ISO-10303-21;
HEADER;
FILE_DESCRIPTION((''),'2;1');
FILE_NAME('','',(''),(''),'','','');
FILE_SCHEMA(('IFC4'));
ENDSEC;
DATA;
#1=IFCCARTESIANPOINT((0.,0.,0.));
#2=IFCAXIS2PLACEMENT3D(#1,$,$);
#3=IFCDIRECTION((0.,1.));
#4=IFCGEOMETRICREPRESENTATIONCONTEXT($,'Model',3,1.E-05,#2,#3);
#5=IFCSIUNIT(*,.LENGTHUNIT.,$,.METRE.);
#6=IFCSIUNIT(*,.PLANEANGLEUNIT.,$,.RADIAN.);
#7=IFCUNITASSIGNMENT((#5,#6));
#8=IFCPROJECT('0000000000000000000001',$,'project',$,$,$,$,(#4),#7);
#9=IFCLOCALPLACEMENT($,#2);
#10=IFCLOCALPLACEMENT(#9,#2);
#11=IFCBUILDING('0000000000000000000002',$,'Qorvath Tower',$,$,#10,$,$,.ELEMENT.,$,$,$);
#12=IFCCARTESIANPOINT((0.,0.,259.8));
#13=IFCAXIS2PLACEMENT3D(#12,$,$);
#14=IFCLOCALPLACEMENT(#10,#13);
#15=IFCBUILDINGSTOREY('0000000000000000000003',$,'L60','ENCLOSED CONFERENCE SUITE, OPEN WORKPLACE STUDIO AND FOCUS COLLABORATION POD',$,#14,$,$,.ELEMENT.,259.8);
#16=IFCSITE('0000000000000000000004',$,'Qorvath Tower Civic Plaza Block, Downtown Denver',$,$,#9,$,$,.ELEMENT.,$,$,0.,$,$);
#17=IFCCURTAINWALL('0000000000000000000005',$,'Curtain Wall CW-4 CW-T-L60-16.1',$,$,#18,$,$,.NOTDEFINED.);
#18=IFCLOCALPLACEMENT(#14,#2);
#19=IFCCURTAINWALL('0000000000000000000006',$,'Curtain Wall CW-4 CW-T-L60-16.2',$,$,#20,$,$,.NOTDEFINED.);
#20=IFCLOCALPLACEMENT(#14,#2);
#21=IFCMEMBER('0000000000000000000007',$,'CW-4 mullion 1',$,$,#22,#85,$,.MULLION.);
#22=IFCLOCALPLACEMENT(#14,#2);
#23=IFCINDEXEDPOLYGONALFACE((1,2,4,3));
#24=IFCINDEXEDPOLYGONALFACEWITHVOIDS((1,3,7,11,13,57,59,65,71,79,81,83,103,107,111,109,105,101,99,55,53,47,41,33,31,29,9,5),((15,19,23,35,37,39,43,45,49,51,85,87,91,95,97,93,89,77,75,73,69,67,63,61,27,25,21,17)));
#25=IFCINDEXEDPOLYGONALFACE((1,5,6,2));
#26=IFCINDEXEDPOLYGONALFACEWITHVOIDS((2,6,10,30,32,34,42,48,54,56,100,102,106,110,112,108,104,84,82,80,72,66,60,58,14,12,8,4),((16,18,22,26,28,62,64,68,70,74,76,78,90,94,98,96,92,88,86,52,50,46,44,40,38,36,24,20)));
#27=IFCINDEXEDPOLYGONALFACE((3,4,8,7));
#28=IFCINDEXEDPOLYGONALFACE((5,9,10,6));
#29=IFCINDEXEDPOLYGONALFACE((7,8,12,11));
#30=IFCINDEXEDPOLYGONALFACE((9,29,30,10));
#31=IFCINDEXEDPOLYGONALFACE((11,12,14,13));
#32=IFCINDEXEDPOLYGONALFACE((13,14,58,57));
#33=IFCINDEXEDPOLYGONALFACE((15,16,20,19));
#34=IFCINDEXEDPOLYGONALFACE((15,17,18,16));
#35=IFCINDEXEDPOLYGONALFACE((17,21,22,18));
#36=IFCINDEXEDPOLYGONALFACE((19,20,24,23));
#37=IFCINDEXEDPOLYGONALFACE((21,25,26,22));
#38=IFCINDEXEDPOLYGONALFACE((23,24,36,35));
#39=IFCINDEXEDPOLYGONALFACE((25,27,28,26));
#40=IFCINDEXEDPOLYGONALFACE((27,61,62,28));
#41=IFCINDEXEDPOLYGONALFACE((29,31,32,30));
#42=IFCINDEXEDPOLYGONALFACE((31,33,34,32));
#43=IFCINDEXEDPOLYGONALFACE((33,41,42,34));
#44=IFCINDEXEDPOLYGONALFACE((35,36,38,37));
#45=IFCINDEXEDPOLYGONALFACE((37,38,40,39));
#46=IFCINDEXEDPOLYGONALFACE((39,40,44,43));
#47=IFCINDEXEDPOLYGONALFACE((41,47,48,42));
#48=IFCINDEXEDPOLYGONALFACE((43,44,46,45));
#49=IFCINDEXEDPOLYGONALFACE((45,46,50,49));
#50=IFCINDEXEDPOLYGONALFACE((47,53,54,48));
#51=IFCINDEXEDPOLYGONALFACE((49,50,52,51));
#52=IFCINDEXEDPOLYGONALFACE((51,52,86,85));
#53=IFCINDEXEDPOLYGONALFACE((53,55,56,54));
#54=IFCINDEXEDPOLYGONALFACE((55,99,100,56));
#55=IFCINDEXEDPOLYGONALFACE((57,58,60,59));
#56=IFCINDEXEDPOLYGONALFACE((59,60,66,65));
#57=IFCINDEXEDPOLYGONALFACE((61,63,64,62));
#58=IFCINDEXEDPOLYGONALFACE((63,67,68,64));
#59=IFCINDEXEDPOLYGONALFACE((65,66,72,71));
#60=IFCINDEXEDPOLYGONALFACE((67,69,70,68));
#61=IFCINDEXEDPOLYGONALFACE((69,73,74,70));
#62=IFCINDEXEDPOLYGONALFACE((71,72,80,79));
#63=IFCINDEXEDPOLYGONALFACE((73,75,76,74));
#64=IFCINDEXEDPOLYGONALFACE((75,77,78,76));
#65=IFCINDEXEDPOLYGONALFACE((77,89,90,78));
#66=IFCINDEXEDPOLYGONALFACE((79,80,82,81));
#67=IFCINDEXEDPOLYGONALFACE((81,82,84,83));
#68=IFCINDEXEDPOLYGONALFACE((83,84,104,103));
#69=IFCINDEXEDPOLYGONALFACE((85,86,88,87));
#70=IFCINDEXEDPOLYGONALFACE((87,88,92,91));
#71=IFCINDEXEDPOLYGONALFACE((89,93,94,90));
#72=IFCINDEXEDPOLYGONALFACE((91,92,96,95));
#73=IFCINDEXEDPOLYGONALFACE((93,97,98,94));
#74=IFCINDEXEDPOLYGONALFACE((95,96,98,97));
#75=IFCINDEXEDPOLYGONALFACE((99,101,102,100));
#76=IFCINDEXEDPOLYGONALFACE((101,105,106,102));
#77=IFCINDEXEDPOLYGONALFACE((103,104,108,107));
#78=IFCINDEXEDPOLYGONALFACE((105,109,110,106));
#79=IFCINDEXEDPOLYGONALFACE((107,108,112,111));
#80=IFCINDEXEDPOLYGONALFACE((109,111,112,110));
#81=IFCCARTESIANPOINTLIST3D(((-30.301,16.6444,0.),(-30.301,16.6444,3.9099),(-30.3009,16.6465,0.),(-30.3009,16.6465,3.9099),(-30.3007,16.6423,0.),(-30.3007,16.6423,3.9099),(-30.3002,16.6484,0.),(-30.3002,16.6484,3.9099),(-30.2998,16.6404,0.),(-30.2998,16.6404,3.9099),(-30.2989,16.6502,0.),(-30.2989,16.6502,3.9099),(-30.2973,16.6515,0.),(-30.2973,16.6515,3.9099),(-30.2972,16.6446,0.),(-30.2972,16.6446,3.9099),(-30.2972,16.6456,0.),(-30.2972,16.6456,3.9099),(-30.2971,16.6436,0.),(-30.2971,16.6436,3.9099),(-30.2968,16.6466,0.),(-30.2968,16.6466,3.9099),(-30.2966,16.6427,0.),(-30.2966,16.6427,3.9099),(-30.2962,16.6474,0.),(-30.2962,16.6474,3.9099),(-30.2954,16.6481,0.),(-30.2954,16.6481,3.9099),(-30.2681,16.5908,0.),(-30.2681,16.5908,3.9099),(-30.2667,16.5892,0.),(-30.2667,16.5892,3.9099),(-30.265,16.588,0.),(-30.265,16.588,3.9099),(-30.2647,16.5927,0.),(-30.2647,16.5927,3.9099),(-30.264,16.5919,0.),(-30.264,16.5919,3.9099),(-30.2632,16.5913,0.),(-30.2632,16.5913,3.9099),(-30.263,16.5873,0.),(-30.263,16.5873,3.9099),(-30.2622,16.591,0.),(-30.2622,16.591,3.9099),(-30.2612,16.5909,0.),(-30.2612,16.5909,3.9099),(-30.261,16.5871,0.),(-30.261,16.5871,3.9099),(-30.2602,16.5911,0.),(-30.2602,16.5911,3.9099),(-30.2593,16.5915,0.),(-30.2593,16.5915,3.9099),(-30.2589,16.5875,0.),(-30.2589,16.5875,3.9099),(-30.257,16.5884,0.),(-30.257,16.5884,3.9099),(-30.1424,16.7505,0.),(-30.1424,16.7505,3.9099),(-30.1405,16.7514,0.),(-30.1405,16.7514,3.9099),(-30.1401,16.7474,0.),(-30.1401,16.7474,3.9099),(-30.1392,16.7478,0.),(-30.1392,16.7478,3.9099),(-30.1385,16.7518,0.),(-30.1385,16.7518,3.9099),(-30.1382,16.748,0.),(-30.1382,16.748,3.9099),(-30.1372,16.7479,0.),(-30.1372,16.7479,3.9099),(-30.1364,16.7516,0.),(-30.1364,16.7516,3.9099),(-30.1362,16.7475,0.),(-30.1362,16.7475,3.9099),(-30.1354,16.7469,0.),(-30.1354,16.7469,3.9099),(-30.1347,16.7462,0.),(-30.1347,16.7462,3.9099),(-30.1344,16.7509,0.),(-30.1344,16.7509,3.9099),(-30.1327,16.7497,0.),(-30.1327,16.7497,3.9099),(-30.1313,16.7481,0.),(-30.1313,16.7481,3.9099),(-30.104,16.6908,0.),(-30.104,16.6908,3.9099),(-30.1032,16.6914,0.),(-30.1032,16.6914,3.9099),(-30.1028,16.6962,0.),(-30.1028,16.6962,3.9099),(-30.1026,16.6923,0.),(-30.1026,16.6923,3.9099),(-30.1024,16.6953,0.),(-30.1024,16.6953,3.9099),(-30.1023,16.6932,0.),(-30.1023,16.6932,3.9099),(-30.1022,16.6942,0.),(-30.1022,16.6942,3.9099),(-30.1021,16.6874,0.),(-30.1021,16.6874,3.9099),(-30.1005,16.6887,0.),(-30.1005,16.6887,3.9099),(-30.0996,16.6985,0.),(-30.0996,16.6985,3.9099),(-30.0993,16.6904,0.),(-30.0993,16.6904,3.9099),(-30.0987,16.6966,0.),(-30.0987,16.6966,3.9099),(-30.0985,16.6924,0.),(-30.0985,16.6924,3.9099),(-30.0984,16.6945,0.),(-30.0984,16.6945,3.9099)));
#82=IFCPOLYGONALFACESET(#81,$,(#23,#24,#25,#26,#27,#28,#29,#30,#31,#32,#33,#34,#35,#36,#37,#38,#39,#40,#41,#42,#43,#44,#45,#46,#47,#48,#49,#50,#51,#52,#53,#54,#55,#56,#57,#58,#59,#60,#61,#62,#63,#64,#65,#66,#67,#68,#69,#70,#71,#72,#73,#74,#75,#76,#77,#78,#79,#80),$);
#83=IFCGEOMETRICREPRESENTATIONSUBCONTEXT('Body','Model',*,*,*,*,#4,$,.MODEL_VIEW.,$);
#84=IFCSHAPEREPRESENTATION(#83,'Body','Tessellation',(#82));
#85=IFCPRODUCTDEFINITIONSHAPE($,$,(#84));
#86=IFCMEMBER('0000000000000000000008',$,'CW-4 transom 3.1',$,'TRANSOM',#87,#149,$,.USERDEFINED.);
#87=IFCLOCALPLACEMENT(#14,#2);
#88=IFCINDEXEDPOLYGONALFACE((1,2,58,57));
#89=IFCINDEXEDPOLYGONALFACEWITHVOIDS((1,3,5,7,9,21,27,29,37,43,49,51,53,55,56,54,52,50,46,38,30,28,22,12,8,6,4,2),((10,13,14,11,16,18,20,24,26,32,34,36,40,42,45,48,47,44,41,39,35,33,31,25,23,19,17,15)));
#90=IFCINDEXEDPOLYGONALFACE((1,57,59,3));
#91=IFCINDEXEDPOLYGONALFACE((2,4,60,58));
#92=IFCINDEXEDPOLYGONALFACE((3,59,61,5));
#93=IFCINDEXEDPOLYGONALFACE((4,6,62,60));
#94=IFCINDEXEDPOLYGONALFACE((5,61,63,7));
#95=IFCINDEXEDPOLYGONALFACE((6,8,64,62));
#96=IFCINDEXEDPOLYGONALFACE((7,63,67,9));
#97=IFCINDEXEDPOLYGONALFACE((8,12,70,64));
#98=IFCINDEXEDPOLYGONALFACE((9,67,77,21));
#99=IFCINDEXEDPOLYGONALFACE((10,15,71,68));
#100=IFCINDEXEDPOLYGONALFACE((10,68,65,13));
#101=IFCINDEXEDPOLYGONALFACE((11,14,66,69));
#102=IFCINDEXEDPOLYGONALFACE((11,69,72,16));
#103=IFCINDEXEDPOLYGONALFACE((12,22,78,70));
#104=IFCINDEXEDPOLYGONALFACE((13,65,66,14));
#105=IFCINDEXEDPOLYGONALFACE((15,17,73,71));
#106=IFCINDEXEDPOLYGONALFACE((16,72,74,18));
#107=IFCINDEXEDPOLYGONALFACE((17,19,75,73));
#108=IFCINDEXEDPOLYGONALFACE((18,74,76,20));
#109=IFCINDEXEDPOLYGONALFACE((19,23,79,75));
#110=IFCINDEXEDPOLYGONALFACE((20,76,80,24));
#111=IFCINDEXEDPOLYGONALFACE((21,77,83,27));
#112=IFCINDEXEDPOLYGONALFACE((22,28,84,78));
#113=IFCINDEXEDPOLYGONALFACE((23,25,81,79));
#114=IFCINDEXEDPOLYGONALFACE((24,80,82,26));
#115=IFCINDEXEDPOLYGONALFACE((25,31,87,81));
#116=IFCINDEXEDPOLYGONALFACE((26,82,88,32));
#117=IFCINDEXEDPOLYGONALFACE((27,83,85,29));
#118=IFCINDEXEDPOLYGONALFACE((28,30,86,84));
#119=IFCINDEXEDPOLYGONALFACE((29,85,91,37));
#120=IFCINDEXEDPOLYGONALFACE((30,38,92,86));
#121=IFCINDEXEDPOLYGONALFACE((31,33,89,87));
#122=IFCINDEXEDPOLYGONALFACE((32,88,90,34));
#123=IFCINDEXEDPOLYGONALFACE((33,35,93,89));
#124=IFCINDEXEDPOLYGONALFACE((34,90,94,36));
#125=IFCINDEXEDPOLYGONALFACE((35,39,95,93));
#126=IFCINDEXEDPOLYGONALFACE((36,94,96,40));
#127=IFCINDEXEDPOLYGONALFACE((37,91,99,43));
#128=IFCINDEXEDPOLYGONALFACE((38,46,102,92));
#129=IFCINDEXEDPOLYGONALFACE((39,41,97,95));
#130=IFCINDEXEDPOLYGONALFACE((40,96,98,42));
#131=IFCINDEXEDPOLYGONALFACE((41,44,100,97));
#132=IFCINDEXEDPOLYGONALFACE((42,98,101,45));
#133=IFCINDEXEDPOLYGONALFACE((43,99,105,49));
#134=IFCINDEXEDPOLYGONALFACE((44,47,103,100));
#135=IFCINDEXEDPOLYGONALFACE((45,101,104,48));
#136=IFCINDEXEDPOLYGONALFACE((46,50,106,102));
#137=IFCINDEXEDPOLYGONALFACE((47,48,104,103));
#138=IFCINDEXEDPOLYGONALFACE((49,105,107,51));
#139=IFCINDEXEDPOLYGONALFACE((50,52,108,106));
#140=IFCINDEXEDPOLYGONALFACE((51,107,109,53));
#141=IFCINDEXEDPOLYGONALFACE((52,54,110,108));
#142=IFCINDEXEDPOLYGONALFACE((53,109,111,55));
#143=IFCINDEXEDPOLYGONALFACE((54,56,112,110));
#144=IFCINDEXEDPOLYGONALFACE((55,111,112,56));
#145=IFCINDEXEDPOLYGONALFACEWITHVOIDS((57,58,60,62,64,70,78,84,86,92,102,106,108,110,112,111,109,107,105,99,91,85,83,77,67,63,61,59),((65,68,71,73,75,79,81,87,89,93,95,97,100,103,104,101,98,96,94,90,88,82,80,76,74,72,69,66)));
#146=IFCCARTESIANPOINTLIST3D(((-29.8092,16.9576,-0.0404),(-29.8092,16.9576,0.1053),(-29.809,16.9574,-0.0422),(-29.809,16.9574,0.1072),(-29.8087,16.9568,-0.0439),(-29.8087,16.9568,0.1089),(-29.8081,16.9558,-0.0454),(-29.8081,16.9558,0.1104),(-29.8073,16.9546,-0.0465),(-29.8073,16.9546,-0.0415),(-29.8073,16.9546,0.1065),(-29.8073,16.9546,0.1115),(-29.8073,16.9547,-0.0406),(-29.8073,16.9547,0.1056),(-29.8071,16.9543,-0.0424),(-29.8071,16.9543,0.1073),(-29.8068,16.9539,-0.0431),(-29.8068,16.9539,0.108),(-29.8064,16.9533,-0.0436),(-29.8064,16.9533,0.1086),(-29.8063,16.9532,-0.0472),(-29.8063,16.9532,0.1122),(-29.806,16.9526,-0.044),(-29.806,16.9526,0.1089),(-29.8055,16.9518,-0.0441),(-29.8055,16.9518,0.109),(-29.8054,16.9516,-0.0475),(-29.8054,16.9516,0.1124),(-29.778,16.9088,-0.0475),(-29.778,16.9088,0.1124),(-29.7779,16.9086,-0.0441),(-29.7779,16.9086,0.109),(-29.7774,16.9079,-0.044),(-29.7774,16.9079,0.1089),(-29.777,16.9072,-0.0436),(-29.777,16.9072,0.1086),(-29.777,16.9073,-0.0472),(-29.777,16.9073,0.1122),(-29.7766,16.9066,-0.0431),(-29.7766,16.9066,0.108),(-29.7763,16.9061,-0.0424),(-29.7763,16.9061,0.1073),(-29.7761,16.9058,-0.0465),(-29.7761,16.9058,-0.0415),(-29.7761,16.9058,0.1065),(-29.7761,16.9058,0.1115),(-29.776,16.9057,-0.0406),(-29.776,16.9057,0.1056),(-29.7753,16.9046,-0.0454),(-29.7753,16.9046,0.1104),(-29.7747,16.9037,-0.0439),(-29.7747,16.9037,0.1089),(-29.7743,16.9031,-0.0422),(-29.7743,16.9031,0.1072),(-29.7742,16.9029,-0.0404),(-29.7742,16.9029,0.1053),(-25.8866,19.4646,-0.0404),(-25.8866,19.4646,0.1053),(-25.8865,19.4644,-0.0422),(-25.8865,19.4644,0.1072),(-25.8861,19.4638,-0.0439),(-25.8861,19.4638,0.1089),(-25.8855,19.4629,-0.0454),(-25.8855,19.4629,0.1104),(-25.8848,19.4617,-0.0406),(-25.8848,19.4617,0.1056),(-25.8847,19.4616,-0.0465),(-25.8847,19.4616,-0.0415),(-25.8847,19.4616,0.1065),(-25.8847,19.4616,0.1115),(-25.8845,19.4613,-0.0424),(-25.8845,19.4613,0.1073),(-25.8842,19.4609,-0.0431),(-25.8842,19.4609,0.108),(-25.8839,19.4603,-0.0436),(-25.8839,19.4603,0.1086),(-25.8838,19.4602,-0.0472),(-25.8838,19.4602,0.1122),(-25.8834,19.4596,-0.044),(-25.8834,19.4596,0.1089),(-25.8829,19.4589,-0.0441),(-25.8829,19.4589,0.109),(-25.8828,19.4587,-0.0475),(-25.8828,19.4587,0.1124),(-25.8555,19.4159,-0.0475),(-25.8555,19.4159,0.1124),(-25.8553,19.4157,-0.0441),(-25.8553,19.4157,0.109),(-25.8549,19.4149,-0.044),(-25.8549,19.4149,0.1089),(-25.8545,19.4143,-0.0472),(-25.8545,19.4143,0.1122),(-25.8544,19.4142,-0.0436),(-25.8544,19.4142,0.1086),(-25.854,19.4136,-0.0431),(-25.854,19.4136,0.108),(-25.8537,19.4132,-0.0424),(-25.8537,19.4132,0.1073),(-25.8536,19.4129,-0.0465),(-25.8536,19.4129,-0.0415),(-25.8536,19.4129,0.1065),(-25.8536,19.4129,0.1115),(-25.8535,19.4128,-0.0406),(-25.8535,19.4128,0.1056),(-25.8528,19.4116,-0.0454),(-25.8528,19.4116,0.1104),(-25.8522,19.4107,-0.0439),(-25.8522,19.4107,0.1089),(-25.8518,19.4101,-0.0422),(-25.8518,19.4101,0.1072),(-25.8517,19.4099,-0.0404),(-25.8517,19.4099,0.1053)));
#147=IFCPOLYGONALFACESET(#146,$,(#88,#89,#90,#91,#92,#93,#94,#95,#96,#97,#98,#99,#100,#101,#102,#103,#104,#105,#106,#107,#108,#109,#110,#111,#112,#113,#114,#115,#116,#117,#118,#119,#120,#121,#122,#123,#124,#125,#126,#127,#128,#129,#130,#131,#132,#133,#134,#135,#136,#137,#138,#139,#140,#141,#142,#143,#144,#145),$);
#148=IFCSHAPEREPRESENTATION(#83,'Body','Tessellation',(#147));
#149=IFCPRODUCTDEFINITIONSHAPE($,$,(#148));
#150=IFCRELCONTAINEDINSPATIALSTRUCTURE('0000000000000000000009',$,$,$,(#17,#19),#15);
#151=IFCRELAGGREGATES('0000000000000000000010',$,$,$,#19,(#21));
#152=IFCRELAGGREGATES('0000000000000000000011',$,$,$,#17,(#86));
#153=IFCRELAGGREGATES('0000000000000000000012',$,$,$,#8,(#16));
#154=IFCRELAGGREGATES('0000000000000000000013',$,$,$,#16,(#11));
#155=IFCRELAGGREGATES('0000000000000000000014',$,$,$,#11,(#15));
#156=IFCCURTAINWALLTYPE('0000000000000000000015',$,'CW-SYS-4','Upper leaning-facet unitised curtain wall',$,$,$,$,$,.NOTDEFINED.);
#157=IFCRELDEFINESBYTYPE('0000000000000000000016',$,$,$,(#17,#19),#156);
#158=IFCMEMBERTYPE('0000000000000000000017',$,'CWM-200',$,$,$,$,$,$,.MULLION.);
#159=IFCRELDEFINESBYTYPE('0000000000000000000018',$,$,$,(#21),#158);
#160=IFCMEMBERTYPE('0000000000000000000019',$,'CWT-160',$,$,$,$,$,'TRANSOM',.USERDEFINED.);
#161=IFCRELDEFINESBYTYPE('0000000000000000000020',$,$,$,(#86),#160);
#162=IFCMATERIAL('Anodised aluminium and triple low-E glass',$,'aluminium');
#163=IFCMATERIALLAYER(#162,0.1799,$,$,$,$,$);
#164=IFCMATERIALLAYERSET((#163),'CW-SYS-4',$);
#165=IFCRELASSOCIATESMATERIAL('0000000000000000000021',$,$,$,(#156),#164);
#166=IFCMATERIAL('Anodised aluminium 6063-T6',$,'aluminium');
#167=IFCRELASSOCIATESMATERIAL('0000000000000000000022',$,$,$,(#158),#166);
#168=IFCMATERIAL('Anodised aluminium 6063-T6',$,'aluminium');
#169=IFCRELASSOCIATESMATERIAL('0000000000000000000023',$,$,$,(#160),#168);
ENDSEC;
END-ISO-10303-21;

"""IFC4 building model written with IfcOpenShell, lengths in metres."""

from ifc_helpers import new_model, si_unit, direction, frame, origin, origin_2d, place, context, subcontext, project, spatial, hollow_rectangle, extrude, material, layer, layer_set, material_profile, profile_set, type_object, element, aggregate, save


model = new_model("IFC4")

# Units and contexts
model_context = context("Model", 3, precision=1e-05, world=origin(), true_north=direction((0.0, 1.0)))
body_context = subcontext(model_context, "Body", "Model", "MODEL_VIEW")
ifc_project = project(units=[si_unit("LENGTHUNIT", "METRE"), si_unit("PLANEANGLEUNIT", "RADIAN")], contexts=[model_context])

# Site, building, storey
site_placement = place(None, origin())
site = spatial("IfcSite", under=ifc_project, at=site_placement, Name="Qorvath Tower Civic Plaza Block, Downtown Denver", CompositionType="ELEMENT", RefElevation=0.0)
building_placement = place(site_placement, origin())
building = spatial("IfcBuilding", under=site, at=building_placement, Name="Qorvath Tower", CompositionType="ELEMENT")
storey_placement = place(building_placement, frame((0.0, 0.0, 259.8)))
storey = spatial("IfcBuildingStorey", under=building, at=storey_placement, Name="L60", Description="ENCLOSED CONFERENCE SUITE, OPEN WORKPLACE STUDIO AND FOCUS COLLABORATION POD", CompositionType="ELEMENT", Elevation=259.8)

# Curtain wall
ifc_material_1 = material(Name="Anodised aluminium and triple low-E glass", Category="aluminium")
ifc_layer_1 = layer(ifc_material_1, 0.1799)
ifc_layer_set_1 = layer_set([ifc_layer_1], Name="CW-SYS-4")
curtain_wall_type = type_object("IfcCurtainWallType", Name="CW-SYS-4", Description="Upper leaning-facet unitised curtain wall", PredefinedType="NOTDEFINED", material=ifc_layer_set_1)
curtain_wall_1_placement = place(storey_placement, origin())
curtain_wall_1 = element("IfcCurtainWall", 1, at=curtain_wall_1_placement, inside=storey, type_object=curtain_wall_type, Name="Curtain Wall CW-4 CW-T-L60-16.1", PredefinedType="NOTDEFINED")
ifc_material_2 = material(Name="Anodised aluminium 6063-T6", Category="aluminium")
ifc_material_profile_1 = material_profile(ifc_material_2, hollow_rectangle(XDim=0.075, YDim=0.2, WallThickness=0.0039, InnerFilletRadius=0.0039, OuterFilletRadius=0.0081, at=origin_2d()), Name="CWM 200x75")
ifc_profile_set_1 = profile_set([ifc_material_profile_1], Name="Anodised aluminium 6063-T6")
member_type_1 = type_object("IfcMemberType", Name="CWM-200", PredefinedType="MULLION", material=ifc_profile_set_1)

# Curtain wall, member
curtain_wall_2_placement = place(storey_placement, origin())
curtain_wall_2 = element("IfcCurtainWall", 2, at=curtain_wall_2_placement, inside=storey, type_object=curtain_wall_type, Name="Curtain Wall CW-4 CW-T-L60-16.2", PredefinedType="NOTDEFINED")
member_1_placement = place(storey_placement, frame((-30.1997, 16.6694, 0.0), z_axis=(0.0, 0.0, 1.0), x_axis=(0.538544, -0.842597, 0.0)))
member_1 = element("IfcMember", 3, at=member_1_placement, type_object=member_type_1, Name="CW-4 mullion 1", PredefinedType="MULLION", context=body_context, shape_type="SweptSolid", body=[
    extrude(hollow_rectangle(XDim=0.075, YDim=0.2, WallThickness=0.0039, InnerFilletRadius=0.0039, OuterFilletRadius=0.0081, at=origin_2d()), origin(), (0.0, 0.0, 1.0), 3.9099),
])

# Member
ifc_material_3 = material(Name="Anodised aluminium 6063-T6", Category="aluminium")
ifc_material_profile_2 = material_profile(ifc_material_3, hollow_rectangle(XDim=0.0649, YDim=0.1599, WallThickness=0.0034, InnerFilletRadius=0.0034, OuterFilletRadius=0.0071, at=origin_2d()), Name="CWT 160x65")
ifc_profile_set_2 = profile_set([ifc_material_profile_2], Name="Anodised aluminium 6063-T6")
member_type_2 = type_object("IfcMemberType", Name="CWT-160", ElementType="TRANSOM", PredefinedType="USERDEFINED", material=ifc_profile_set_2)
member_2_placement = place(storey_placement, frame((-25.8691, 19.4373, 0.0325), z_axis=(-0.842602, -0.538537, 0.0), x_axis=(0.538537, -0.842602, 0.0)))
member_2 = element("IfcMember", 4, at=member_2_placement, type_object=member_type_2, Name="CW-4 transom 3.1", ObjectType="TRANSOM", PredefinedType="USERDEFINED", context=body_context, shape_type="SweptSolid", body=[
    extrude(hollow_rectangle(XDim=0.0649, YDim=0.1599, WallThickness=0.0034, InnerFilletRadius=0.0034, OuterFilletRadius=0.0071, at=origin_2d()), origin(), (0.0, 0.0, 1.0), 4.6553),
])
aggregate(curtain_wall_2, [member_1])

aggregate(curtain_wall_1, [member_2])

save(model, "model.ifc")
